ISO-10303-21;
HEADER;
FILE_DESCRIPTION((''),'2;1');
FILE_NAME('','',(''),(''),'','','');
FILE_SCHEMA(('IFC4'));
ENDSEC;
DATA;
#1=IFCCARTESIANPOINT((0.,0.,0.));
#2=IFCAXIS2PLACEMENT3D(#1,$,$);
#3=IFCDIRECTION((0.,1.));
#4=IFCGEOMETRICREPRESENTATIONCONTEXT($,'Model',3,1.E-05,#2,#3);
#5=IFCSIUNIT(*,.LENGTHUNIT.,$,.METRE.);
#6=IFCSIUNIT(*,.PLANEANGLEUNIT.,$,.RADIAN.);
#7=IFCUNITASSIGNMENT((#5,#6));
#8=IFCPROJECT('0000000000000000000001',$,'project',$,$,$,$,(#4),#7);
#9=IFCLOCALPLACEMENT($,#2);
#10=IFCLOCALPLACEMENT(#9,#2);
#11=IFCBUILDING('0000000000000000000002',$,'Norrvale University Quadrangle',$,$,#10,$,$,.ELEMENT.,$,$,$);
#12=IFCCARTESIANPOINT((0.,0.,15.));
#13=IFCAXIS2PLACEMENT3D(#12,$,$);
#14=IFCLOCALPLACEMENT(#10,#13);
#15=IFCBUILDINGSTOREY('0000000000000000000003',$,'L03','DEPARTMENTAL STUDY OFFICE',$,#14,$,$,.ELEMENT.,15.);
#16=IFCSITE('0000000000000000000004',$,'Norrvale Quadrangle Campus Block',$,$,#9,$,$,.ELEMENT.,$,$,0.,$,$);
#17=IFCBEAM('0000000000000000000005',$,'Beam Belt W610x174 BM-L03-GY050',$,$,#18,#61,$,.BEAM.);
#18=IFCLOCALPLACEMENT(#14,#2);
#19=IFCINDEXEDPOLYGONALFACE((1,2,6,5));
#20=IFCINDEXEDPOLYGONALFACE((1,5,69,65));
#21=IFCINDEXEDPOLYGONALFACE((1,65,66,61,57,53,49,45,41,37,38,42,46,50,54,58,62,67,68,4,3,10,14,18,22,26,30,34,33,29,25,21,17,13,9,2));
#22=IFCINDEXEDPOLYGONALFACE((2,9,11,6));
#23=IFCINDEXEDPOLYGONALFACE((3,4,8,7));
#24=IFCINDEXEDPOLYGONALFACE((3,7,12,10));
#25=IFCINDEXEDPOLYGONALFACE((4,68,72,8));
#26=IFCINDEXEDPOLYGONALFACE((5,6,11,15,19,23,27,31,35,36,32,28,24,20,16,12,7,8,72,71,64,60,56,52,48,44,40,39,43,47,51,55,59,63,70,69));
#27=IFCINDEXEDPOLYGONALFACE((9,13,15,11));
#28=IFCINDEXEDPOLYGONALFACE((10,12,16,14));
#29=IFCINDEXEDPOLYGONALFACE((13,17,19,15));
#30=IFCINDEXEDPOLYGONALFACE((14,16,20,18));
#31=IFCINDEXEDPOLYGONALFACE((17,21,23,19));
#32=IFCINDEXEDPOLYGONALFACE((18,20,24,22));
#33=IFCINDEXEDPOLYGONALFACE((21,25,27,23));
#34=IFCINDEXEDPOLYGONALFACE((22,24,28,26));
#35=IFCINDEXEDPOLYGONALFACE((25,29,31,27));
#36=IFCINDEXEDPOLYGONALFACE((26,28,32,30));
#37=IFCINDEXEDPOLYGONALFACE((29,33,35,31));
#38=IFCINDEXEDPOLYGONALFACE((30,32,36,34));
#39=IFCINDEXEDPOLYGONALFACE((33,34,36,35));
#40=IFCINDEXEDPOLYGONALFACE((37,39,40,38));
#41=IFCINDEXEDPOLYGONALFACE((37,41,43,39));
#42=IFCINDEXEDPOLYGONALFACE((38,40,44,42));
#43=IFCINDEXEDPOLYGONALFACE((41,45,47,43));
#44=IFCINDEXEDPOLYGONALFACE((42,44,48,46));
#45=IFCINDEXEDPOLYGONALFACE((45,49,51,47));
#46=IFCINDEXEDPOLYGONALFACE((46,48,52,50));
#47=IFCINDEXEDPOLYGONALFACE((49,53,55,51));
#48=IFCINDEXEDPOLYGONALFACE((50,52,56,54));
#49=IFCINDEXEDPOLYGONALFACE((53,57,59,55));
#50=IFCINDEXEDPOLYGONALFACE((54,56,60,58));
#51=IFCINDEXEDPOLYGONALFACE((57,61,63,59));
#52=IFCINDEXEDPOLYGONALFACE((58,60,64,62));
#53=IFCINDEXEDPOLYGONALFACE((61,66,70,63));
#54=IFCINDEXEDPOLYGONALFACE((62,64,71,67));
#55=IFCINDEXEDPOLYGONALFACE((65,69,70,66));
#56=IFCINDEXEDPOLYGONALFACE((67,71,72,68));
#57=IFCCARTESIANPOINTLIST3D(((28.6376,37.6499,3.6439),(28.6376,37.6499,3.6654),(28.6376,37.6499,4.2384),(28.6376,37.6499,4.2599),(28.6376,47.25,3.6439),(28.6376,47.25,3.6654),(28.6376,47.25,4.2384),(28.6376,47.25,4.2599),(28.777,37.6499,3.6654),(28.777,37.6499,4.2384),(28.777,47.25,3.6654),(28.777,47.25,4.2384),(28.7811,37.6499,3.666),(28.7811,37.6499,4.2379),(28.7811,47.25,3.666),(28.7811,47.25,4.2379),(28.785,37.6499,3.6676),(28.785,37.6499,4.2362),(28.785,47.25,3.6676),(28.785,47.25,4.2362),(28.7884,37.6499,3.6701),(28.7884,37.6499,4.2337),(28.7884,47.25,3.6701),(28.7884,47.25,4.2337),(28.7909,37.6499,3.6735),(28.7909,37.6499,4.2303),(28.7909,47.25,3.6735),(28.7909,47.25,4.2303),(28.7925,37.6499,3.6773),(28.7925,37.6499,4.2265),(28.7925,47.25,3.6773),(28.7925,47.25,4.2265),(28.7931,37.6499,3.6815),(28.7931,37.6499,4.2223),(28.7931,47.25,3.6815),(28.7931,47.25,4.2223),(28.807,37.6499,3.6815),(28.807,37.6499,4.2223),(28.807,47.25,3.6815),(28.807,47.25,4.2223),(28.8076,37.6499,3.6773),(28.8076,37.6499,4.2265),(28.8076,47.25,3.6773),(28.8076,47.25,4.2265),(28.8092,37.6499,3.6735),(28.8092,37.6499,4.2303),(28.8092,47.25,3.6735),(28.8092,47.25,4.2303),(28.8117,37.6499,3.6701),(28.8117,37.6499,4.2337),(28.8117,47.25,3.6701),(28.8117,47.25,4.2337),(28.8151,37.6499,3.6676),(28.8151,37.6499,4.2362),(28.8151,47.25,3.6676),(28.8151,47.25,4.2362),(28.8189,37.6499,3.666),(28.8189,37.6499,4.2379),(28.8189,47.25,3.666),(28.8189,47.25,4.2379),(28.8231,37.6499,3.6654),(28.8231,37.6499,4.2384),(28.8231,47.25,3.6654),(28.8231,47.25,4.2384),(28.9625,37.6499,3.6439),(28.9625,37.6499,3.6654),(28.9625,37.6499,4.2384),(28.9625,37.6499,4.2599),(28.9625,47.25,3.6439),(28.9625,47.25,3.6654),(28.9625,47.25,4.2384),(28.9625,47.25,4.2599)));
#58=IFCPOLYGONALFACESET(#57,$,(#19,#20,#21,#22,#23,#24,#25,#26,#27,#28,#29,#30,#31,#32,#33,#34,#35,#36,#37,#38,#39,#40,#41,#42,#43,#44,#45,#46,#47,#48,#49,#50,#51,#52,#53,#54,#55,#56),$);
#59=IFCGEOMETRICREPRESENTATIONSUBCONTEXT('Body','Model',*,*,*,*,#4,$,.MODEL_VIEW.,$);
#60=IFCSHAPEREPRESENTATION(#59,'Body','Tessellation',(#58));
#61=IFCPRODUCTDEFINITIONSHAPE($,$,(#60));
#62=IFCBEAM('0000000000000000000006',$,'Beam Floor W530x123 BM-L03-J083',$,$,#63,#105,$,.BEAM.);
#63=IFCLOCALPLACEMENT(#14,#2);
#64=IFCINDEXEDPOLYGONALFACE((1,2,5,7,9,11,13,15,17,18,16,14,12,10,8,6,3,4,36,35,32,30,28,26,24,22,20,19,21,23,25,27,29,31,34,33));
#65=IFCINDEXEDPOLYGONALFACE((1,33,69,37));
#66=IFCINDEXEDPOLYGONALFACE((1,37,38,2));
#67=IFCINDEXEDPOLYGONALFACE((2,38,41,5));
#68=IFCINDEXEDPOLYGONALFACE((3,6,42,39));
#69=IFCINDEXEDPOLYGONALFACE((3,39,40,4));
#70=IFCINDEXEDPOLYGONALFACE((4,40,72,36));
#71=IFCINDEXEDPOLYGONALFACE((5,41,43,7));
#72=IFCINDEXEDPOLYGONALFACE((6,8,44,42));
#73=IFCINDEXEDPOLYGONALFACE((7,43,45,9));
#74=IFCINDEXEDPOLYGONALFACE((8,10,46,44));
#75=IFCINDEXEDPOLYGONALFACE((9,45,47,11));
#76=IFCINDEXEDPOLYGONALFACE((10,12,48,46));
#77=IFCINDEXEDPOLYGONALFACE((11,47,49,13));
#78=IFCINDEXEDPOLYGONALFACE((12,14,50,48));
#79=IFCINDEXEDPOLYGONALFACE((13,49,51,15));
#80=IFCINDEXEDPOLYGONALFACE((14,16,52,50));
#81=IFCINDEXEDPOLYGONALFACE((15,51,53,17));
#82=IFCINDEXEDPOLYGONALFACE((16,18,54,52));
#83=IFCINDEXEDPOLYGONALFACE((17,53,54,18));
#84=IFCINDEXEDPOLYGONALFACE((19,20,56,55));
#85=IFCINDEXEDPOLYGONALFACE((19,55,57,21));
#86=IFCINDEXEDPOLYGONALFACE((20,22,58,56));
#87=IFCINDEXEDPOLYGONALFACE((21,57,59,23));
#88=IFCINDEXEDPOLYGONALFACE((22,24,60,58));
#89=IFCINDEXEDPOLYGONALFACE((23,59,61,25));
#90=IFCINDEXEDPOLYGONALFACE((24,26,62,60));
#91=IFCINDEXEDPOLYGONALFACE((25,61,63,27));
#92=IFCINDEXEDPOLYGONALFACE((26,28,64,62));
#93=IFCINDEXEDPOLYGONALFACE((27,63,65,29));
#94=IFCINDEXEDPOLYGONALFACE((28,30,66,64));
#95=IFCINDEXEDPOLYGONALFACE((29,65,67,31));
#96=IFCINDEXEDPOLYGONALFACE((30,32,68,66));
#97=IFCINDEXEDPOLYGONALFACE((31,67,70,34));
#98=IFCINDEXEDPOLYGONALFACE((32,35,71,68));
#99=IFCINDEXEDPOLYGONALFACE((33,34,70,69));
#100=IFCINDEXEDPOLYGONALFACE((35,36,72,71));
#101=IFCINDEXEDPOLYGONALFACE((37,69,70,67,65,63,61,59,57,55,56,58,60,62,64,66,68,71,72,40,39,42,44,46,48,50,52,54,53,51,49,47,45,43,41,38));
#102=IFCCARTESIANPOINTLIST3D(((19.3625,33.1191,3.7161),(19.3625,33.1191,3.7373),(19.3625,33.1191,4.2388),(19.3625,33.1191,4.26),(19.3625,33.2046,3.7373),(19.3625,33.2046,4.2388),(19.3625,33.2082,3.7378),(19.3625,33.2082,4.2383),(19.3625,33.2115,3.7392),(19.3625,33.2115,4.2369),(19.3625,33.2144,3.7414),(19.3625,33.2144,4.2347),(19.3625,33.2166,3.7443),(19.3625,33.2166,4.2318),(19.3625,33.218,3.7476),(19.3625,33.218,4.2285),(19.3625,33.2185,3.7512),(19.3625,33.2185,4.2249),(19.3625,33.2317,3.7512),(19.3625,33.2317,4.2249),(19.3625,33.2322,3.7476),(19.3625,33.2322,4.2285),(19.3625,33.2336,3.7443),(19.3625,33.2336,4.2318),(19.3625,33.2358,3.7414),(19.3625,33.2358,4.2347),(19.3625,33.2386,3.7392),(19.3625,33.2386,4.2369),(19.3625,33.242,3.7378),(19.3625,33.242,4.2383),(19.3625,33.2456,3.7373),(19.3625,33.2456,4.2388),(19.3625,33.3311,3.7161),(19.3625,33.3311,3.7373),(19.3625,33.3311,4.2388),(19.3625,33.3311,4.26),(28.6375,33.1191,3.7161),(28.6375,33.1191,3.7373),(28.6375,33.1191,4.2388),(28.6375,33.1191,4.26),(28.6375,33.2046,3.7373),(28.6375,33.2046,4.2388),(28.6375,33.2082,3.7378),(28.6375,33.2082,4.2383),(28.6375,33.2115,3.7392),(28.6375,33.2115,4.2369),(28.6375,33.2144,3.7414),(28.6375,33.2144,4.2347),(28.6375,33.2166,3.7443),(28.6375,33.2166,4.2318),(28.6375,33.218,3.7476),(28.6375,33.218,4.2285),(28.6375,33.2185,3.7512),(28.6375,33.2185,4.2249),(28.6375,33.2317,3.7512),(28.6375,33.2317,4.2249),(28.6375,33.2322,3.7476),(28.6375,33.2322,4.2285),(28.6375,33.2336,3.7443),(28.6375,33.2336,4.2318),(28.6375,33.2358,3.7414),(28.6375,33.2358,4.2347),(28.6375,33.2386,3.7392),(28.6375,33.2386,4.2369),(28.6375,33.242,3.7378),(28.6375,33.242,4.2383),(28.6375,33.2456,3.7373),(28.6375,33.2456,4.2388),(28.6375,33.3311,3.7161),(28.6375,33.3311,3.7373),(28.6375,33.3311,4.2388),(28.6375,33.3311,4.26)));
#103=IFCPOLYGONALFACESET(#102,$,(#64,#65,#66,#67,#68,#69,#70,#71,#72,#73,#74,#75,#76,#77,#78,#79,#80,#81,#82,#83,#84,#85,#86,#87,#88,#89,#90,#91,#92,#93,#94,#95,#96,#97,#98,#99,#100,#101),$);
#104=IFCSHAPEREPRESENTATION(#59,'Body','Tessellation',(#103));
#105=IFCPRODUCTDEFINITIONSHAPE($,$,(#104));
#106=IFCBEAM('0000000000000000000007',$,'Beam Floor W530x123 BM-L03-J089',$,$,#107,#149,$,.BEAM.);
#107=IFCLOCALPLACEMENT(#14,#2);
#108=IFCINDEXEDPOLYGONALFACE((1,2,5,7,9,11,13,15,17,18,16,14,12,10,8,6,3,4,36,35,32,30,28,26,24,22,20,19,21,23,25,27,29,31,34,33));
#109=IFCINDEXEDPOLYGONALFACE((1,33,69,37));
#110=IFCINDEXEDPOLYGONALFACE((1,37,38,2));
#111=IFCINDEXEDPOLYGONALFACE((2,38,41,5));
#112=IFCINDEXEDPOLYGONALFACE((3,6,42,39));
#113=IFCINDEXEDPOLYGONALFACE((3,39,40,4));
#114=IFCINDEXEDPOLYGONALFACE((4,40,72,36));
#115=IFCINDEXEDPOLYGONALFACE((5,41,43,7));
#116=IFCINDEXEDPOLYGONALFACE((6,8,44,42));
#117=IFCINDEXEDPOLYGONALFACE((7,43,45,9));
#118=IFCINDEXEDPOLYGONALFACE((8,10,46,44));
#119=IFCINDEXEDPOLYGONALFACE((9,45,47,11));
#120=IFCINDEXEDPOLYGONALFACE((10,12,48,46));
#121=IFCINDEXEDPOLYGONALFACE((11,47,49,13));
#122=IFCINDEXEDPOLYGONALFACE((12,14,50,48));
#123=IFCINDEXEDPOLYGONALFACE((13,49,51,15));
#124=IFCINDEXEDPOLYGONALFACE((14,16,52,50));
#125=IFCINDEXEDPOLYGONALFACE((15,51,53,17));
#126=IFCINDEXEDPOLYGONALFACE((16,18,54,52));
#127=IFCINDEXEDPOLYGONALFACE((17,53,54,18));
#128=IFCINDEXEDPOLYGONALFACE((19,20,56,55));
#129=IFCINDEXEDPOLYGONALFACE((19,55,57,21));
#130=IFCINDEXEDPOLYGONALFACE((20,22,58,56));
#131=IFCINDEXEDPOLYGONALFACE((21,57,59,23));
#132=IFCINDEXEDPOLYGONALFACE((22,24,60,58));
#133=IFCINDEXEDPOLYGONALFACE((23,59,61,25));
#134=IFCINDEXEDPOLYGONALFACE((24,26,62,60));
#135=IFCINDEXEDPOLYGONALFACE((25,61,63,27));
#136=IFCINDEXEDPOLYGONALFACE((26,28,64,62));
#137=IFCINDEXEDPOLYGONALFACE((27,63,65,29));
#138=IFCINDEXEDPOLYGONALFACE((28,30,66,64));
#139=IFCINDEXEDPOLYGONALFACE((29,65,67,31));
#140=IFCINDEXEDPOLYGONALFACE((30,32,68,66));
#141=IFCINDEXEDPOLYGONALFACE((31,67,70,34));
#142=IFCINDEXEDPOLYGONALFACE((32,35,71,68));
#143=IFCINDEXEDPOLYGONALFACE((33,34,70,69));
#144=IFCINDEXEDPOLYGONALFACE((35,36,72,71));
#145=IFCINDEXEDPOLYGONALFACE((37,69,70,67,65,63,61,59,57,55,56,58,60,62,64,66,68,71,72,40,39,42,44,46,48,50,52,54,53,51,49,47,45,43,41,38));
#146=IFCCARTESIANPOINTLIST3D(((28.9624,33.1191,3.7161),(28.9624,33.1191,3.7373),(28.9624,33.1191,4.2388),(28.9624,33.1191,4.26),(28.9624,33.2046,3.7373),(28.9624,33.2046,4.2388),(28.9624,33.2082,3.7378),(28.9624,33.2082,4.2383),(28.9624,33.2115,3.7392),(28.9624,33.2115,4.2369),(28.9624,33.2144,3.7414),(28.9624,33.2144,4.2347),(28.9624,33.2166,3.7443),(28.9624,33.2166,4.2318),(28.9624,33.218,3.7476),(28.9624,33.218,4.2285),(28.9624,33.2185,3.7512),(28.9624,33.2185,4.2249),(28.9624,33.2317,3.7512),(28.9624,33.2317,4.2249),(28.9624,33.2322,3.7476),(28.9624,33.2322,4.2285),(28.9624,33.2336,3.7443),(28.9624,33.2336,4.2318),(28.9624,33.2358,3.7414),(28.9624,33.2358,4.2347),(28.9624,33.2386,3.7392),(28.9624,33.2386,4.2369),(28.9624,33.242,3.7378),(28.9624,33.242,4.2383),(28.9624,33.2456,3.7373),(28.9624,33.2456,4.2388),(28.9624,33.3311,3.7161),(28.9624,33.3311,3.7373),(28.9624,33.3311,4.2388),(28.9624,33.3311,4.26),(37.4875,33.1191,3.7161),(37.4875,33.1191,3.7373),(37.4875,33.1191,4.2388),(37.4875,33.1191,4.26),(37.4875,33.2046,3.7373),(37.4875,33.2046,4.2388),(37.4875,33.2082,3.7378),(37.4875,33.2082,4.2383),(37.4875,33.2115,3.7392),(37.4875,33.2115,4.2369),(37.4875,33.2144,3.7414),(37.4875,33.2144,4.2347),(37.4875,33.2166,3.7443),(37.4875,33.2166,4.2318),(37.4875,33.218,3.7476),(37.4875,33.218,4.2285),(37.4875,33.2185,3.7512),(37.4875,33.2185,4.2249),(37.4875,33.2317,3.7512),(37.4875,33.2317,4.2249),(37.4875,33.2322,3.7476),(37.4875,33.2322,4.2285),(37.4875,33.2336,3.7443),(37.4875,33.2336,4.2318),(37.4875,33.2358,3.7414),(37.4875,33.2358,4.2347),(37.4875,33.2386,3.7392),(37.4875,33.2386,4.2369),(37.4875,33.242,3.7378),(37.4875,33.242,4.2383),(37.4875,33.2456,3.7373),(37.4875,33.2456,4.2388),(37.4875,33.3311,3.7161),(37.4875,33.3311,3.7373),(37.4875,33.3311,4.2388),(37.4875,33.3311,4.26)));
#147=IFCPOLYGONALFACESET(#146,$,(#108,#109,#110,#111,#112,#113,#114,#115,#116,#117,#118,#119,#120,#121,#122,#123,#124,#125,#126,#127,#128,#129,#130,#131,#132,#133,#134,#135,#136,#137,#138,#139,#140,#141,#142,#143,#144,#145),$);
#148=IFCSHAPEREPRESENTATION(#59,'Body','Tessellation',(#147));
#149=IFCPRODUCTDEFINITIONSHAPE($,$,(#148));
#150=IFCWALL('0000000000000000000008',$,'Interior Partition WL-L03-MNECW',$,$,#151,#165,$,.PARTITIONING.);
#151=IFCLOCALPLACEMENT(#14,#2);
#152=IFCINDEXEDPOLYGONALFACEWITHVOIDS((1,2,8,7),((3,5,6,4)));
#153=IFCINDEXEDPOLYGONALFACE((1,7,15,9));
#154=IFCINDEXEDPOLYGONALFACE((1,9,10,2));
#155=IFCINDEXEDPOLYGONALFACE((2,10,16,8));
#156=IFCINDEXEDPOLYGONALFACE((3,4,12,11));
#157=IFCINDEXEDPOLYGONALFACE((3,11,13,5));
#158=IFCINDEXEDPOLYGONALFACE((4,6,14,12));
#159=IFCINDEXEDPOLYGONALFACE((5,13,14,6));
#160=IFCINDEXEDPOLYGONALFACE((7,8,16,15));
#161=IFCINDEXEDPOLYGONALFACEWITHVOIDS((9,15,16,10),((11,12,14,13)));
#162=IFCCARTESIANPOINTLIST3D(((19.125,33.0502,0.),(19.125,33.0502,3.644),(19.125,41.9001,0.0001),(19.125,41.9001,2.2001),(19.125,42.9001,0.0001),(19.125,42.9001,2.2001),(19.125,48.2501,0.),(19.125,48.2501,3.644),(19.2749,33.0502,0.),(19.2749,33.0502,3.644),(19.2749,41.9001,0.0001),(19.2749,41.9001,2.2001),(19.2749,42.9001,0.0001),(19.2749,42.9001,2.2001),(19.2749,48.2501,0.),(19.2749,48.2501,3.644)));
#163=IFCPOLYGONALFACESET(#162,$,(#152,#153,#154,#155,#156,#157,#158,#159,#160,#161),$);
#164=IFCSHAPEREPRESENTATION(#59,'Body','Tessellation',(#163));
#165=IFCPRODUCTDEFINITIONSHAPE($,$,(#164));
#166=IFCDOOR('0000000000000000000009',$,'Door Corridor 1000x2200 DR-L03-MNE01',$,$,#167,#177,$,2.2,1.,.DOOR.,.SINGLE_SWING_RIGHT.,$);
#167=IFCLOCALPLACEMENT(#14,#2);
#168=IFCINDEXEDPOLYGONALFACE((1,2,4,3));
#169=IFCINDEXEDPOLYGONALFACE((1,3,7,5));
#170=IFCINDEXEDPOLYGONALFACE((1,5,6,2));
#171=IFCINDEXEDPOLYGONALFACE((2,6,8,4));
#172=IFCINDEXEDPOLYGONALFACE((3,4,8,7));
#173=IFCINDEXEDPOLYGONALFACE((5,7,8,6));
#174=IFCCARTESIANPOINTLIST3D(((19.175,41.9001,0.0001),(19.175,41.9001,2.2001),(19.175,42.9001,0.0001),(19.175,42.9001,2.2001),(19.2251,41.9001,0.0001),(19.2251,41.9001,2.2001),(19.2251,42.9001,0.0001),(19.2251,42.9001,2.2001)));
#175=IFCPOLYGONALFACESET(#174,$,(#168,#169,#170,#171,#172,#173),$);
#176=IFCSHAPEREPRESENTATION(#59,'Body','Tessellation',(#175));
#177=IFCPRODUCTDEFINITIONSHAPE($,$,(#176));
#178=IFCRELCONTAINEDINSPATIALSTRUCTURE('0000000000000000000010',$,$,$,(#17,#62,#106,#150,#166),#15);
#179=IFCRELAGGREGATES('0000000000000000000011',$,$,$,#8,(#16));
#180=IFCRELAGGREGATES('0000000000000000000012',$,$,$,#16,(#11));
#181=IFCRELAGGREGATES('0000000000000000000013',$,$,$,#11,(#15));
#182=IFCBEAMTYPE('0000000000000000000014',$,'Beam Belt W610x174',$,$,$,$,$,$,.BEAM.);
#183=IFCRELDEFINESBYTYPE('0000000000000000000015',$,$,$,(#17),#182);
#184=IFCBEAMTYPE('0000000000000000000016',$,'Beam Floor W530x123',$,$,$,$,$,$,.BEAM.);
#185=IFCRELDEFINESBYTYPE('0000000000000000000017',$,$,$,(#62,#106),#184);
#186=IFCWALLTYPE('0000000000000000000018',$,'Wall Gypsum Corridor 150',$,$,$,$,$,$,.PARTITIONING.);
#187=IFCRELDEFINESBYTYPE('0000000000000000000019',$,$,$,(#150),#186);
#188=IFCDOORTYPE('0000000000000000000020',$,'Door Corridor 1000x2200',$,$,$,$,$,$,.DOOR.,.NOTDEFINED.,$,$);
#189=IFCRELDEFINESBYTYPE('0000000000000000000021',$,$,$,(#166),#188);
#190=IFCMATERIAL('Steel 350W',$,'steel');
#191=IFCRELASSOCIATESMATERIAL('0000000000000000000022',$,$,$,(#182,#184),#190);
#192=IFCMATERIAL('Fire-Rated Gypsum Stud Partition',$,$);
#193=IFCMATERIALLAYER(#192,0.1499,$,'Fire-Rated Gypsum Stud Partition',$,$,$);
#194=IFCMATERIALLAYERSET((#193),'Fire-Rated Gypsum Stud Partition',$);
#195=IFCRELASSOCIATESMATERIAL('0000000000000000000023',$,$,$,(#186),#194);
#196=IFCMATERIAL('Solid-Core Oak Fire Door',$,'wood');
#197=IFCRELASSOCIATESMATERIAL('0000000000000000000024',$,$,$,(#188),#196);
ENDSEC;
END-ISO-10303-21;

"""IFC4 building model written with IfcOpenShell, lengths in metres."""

from ifc_helpers import new_model, si_unit, direction, frame, frame_2d, origin, origin_2d, place, context, subcontext, project, spatial, rectangle, i_section, extrude, material, layer, layer_set, material_profile, profile_set, type_object, element, fill, save


model = new_model("IFC4")

# Units and contexts
model_context = context("Model", 3, precision=1e-05, world=origin(), true_north=direction((0.0, 1.0)))
body_context = subcontext(model_context, "Body", "Model", "MODEL_VIEW")
ifc_project = project(units=[si_unit("LENGTHUNIT", "METRE"), si_unit("PLANEANGLEUNIT", "RADIAN")], contexts=[model_context])

# Site, building, storey
site_placement = place(None, origin())
site = spatial("IfcSite", under=ifc_project, at=site_placement, Name="Norrvale Quadrangle Campus Block", CompositionType="ELEMENT", RefElevation=0.0)
building_placement = place(site_placement, origin())
building = spatial("IfcBuilding", under=site, at=building_placement, Name="Norrvale University Quadrangle", CompositionType="ELEMENT")
storey_placement = place(building_placement, frame((0.0, 0.0, 15.0)))
storey = spatial("IfcBuildingStorey", under=building, at=storey_placement, Name="L03", Description="DEPARTMENTAL STUDY OFFICE", CompositionType="ELEMENT", Elevation=15.0)

# Beams
ifc_material_1 = material(Name="Steel 350W", Category="steel")
ifc_material_profile_1 = material_profile(ifc_material_1, i_section(OverallWidth=0.325, OverallDepth=0.616, WebThickness=0.0139, FlangeThickness=0.0215, FilletRadius=0.0161, at=origin_2d()), Name="Steel 350W")
ifc_profile_set_1 = profile_set([ifc_material_profile_1], Name="Steel 350W")
beam_type_1 = type_object("IfcBeamType", Name="Beam Belt W610x174", PredefinedType="BEAM", material=ifc_profile_set_1)
beam_1_placement = place(storey_placement, frame((28.8, 37.6499, 3.9519), z_axis=(0.0, 1.0, 0.0), x_axis=(-1.0, 0.0, 0.0)))
element("IfcBeam", 1, at=beam_1_placement, inside=storey, type_object=beam_type_1, Name="Beam Belt W610x174 BM-L03-GY050", PredefinedType="BEAM", context=body_context, shape_type="SweptSolid", body=[
    extrude(i_section(OverallWidth=0.325, OverallDepth=0.616, WebThickness=0.0139, FlangeThickness=0.0215, FilletRadius=0.0161, at=origin_2d()), origin(), (0.0, 0.0, 1.0), 9.6001),
])
ifc_material_profile_2 = material_profile(ifc_material_1, i_section(OverallWidth=0.2119, OverallDepth=0.5439, WebThickness=0.0132, FlangeThickness=0.0212, FilletRadius=0.0139, at=origin_2d()), Name="Steel 350W")
ifc_profile_set_2 = profile_set([ifc_material_profile_2], Name="Steel 350W")
beam_type_2 = type_object("IfcBeamType", Name="Beam Floor W530x123", PredefinedType="BEAM", material=ifc_profile_set_2)
beam_2_placement = place(storey_placement, frame((19.3625, 33.2251, 3.988), z_axis=(1.0, 0.0, 0.0), x_axis=(0.0, 1.0, 0.0)))
element("IfcBeam", 2, at=beam_2_placement, inside=storey, type_object=beam_type_2, Name="Beam Floor W530x123 BM-L03-J083", PredefinedType="BEAM", context=body_context, shape_type="SweptSolid", body=[
    extrude(i_section(OverallWidth=0.2119, OverallDepth=0.5439, WebThickness=0.0132, FlangeThickness=0.0212, FilletRadius=0.0139, at=origin_2d()), origin(), (0.0, 0.0, 1.0), 9.2749),
])
beam_3_placement = place(storey_placement, frame((28.9624, 33.2251, 3.988), z_axis=(1.0, 0.0, 0.0), x_axis=(0.0, 1.0, 0.0)))
element("IfcBeam", 3, at=beam_3_placement, inside=storey, type_object=beam_type_2, Name="Beam Floor W530x123 BM-L03-J089", PredefinedType="BEAM", context=body_context, shape_type="SweptSolid", body=[
    extrude(i_section(OverallWidth=0.2119, OverallDepth=0.5439, WebThickness=0.0132, FlangeThickness=0.0212, FilletRadius=0.0139, at=origin_2d()), origin(), (0.0, 0.0, 1.0), 8.5251),
])

# Wall, opening, door
ifc_material_2 = material(Name="Fire-Rated Gypsum Stud Partition")
ifc_layer_1 = layer(ifc_material_2, 0.1499, Name="Fire-Rated Gypsum Stud Partition")
ifc_layer_set_1 = layer_set([ifc_layer_1], Name="Fire-Rated Gypsum Stud Partition")
wall_type_1 = type_object("IfcWallType", Name="Wall Gypsum Corridor 150", PredefinedType="PARTITIONING", material=ifc_layer_set_1)
wall_1_placement = place(storey_placement, frame((19.2, 33.05, 0.0), z_axis=(0.0, 0.0, 1.0), x_axis=(0.0, 1.0, 0.0)))
wall_1 = element("IfcWall", 4, at=wall_1_placement, inside=storey, type_object=wall_type_1, Name="Interior Partition WL-L03-MNECW", PredefinedType="PARTITIONING", context=body_context, shape_type="SweptSolid", body=[
    extrude(rectangle(XDim=15.2, YDim=0.1499, at=frame_2d((7.6001, 0.0))), origin(), (0.0, 0.0, 1.0), 3.644),
])
opening_1_placement = place(wall_1_placement, frame((8.8501, 0.0, 0.0)))
opening_1 = element("IfcOpeningElement", 5, at=opening_1_placement, cuts=wall_1, PredefinedType="OPENING", context=body_context, shape_type="SweptSolid", body=[
    extrude(rectangle(XDim=1.0, YDim=2.2, at=frame_2d((0.5, 1.1001))), frame((0.0, 0.0869, 0.0), z_axis=(0.0, -1.0, 0.0), x_axis=(1.0, 0.0, 0.0)), (0.0, 0.0, 1.0), 0.1738),
])
ifc_material_3 = material(Name="Solid-Core Oak Fire Door", Category="wood")
door_type_1 = type_object("IfcDoorType", Name="Door Corridor 1000x2200", OperationType="NOTDEFINED", PredefinedType="DOOR", material=ifc_material_3)
door_1_placement = place(opening_1_placement, origin())
door_1 = element("IfcDoor", 6, at=door_1_placement, inside=storey, type_object=door_type_1, Name="Door Corridor 1000x2200 DR-L03-MNE01", OperationType="SINGLE_SWING_RIGHT", OverallHeight=2.2, OverallWidth=1.0, PredefinedType="DOOR", context=body_context, shape_type="SweptSolid", body=[
    extrude(rectangle(XDim=1.0, YDim=2.2, at=frame_2d((0.5, 1.1001))), frame((0.0, 0.0249, 0.0), z_axis=(0.0, -1.0, 0.0), x_axis=(1.0, 0.0, 0.0)), (0.0, 0.0, 1.0), 0.05),
])
fill(opening_1, door_1)

save(model, "model.ifc")
